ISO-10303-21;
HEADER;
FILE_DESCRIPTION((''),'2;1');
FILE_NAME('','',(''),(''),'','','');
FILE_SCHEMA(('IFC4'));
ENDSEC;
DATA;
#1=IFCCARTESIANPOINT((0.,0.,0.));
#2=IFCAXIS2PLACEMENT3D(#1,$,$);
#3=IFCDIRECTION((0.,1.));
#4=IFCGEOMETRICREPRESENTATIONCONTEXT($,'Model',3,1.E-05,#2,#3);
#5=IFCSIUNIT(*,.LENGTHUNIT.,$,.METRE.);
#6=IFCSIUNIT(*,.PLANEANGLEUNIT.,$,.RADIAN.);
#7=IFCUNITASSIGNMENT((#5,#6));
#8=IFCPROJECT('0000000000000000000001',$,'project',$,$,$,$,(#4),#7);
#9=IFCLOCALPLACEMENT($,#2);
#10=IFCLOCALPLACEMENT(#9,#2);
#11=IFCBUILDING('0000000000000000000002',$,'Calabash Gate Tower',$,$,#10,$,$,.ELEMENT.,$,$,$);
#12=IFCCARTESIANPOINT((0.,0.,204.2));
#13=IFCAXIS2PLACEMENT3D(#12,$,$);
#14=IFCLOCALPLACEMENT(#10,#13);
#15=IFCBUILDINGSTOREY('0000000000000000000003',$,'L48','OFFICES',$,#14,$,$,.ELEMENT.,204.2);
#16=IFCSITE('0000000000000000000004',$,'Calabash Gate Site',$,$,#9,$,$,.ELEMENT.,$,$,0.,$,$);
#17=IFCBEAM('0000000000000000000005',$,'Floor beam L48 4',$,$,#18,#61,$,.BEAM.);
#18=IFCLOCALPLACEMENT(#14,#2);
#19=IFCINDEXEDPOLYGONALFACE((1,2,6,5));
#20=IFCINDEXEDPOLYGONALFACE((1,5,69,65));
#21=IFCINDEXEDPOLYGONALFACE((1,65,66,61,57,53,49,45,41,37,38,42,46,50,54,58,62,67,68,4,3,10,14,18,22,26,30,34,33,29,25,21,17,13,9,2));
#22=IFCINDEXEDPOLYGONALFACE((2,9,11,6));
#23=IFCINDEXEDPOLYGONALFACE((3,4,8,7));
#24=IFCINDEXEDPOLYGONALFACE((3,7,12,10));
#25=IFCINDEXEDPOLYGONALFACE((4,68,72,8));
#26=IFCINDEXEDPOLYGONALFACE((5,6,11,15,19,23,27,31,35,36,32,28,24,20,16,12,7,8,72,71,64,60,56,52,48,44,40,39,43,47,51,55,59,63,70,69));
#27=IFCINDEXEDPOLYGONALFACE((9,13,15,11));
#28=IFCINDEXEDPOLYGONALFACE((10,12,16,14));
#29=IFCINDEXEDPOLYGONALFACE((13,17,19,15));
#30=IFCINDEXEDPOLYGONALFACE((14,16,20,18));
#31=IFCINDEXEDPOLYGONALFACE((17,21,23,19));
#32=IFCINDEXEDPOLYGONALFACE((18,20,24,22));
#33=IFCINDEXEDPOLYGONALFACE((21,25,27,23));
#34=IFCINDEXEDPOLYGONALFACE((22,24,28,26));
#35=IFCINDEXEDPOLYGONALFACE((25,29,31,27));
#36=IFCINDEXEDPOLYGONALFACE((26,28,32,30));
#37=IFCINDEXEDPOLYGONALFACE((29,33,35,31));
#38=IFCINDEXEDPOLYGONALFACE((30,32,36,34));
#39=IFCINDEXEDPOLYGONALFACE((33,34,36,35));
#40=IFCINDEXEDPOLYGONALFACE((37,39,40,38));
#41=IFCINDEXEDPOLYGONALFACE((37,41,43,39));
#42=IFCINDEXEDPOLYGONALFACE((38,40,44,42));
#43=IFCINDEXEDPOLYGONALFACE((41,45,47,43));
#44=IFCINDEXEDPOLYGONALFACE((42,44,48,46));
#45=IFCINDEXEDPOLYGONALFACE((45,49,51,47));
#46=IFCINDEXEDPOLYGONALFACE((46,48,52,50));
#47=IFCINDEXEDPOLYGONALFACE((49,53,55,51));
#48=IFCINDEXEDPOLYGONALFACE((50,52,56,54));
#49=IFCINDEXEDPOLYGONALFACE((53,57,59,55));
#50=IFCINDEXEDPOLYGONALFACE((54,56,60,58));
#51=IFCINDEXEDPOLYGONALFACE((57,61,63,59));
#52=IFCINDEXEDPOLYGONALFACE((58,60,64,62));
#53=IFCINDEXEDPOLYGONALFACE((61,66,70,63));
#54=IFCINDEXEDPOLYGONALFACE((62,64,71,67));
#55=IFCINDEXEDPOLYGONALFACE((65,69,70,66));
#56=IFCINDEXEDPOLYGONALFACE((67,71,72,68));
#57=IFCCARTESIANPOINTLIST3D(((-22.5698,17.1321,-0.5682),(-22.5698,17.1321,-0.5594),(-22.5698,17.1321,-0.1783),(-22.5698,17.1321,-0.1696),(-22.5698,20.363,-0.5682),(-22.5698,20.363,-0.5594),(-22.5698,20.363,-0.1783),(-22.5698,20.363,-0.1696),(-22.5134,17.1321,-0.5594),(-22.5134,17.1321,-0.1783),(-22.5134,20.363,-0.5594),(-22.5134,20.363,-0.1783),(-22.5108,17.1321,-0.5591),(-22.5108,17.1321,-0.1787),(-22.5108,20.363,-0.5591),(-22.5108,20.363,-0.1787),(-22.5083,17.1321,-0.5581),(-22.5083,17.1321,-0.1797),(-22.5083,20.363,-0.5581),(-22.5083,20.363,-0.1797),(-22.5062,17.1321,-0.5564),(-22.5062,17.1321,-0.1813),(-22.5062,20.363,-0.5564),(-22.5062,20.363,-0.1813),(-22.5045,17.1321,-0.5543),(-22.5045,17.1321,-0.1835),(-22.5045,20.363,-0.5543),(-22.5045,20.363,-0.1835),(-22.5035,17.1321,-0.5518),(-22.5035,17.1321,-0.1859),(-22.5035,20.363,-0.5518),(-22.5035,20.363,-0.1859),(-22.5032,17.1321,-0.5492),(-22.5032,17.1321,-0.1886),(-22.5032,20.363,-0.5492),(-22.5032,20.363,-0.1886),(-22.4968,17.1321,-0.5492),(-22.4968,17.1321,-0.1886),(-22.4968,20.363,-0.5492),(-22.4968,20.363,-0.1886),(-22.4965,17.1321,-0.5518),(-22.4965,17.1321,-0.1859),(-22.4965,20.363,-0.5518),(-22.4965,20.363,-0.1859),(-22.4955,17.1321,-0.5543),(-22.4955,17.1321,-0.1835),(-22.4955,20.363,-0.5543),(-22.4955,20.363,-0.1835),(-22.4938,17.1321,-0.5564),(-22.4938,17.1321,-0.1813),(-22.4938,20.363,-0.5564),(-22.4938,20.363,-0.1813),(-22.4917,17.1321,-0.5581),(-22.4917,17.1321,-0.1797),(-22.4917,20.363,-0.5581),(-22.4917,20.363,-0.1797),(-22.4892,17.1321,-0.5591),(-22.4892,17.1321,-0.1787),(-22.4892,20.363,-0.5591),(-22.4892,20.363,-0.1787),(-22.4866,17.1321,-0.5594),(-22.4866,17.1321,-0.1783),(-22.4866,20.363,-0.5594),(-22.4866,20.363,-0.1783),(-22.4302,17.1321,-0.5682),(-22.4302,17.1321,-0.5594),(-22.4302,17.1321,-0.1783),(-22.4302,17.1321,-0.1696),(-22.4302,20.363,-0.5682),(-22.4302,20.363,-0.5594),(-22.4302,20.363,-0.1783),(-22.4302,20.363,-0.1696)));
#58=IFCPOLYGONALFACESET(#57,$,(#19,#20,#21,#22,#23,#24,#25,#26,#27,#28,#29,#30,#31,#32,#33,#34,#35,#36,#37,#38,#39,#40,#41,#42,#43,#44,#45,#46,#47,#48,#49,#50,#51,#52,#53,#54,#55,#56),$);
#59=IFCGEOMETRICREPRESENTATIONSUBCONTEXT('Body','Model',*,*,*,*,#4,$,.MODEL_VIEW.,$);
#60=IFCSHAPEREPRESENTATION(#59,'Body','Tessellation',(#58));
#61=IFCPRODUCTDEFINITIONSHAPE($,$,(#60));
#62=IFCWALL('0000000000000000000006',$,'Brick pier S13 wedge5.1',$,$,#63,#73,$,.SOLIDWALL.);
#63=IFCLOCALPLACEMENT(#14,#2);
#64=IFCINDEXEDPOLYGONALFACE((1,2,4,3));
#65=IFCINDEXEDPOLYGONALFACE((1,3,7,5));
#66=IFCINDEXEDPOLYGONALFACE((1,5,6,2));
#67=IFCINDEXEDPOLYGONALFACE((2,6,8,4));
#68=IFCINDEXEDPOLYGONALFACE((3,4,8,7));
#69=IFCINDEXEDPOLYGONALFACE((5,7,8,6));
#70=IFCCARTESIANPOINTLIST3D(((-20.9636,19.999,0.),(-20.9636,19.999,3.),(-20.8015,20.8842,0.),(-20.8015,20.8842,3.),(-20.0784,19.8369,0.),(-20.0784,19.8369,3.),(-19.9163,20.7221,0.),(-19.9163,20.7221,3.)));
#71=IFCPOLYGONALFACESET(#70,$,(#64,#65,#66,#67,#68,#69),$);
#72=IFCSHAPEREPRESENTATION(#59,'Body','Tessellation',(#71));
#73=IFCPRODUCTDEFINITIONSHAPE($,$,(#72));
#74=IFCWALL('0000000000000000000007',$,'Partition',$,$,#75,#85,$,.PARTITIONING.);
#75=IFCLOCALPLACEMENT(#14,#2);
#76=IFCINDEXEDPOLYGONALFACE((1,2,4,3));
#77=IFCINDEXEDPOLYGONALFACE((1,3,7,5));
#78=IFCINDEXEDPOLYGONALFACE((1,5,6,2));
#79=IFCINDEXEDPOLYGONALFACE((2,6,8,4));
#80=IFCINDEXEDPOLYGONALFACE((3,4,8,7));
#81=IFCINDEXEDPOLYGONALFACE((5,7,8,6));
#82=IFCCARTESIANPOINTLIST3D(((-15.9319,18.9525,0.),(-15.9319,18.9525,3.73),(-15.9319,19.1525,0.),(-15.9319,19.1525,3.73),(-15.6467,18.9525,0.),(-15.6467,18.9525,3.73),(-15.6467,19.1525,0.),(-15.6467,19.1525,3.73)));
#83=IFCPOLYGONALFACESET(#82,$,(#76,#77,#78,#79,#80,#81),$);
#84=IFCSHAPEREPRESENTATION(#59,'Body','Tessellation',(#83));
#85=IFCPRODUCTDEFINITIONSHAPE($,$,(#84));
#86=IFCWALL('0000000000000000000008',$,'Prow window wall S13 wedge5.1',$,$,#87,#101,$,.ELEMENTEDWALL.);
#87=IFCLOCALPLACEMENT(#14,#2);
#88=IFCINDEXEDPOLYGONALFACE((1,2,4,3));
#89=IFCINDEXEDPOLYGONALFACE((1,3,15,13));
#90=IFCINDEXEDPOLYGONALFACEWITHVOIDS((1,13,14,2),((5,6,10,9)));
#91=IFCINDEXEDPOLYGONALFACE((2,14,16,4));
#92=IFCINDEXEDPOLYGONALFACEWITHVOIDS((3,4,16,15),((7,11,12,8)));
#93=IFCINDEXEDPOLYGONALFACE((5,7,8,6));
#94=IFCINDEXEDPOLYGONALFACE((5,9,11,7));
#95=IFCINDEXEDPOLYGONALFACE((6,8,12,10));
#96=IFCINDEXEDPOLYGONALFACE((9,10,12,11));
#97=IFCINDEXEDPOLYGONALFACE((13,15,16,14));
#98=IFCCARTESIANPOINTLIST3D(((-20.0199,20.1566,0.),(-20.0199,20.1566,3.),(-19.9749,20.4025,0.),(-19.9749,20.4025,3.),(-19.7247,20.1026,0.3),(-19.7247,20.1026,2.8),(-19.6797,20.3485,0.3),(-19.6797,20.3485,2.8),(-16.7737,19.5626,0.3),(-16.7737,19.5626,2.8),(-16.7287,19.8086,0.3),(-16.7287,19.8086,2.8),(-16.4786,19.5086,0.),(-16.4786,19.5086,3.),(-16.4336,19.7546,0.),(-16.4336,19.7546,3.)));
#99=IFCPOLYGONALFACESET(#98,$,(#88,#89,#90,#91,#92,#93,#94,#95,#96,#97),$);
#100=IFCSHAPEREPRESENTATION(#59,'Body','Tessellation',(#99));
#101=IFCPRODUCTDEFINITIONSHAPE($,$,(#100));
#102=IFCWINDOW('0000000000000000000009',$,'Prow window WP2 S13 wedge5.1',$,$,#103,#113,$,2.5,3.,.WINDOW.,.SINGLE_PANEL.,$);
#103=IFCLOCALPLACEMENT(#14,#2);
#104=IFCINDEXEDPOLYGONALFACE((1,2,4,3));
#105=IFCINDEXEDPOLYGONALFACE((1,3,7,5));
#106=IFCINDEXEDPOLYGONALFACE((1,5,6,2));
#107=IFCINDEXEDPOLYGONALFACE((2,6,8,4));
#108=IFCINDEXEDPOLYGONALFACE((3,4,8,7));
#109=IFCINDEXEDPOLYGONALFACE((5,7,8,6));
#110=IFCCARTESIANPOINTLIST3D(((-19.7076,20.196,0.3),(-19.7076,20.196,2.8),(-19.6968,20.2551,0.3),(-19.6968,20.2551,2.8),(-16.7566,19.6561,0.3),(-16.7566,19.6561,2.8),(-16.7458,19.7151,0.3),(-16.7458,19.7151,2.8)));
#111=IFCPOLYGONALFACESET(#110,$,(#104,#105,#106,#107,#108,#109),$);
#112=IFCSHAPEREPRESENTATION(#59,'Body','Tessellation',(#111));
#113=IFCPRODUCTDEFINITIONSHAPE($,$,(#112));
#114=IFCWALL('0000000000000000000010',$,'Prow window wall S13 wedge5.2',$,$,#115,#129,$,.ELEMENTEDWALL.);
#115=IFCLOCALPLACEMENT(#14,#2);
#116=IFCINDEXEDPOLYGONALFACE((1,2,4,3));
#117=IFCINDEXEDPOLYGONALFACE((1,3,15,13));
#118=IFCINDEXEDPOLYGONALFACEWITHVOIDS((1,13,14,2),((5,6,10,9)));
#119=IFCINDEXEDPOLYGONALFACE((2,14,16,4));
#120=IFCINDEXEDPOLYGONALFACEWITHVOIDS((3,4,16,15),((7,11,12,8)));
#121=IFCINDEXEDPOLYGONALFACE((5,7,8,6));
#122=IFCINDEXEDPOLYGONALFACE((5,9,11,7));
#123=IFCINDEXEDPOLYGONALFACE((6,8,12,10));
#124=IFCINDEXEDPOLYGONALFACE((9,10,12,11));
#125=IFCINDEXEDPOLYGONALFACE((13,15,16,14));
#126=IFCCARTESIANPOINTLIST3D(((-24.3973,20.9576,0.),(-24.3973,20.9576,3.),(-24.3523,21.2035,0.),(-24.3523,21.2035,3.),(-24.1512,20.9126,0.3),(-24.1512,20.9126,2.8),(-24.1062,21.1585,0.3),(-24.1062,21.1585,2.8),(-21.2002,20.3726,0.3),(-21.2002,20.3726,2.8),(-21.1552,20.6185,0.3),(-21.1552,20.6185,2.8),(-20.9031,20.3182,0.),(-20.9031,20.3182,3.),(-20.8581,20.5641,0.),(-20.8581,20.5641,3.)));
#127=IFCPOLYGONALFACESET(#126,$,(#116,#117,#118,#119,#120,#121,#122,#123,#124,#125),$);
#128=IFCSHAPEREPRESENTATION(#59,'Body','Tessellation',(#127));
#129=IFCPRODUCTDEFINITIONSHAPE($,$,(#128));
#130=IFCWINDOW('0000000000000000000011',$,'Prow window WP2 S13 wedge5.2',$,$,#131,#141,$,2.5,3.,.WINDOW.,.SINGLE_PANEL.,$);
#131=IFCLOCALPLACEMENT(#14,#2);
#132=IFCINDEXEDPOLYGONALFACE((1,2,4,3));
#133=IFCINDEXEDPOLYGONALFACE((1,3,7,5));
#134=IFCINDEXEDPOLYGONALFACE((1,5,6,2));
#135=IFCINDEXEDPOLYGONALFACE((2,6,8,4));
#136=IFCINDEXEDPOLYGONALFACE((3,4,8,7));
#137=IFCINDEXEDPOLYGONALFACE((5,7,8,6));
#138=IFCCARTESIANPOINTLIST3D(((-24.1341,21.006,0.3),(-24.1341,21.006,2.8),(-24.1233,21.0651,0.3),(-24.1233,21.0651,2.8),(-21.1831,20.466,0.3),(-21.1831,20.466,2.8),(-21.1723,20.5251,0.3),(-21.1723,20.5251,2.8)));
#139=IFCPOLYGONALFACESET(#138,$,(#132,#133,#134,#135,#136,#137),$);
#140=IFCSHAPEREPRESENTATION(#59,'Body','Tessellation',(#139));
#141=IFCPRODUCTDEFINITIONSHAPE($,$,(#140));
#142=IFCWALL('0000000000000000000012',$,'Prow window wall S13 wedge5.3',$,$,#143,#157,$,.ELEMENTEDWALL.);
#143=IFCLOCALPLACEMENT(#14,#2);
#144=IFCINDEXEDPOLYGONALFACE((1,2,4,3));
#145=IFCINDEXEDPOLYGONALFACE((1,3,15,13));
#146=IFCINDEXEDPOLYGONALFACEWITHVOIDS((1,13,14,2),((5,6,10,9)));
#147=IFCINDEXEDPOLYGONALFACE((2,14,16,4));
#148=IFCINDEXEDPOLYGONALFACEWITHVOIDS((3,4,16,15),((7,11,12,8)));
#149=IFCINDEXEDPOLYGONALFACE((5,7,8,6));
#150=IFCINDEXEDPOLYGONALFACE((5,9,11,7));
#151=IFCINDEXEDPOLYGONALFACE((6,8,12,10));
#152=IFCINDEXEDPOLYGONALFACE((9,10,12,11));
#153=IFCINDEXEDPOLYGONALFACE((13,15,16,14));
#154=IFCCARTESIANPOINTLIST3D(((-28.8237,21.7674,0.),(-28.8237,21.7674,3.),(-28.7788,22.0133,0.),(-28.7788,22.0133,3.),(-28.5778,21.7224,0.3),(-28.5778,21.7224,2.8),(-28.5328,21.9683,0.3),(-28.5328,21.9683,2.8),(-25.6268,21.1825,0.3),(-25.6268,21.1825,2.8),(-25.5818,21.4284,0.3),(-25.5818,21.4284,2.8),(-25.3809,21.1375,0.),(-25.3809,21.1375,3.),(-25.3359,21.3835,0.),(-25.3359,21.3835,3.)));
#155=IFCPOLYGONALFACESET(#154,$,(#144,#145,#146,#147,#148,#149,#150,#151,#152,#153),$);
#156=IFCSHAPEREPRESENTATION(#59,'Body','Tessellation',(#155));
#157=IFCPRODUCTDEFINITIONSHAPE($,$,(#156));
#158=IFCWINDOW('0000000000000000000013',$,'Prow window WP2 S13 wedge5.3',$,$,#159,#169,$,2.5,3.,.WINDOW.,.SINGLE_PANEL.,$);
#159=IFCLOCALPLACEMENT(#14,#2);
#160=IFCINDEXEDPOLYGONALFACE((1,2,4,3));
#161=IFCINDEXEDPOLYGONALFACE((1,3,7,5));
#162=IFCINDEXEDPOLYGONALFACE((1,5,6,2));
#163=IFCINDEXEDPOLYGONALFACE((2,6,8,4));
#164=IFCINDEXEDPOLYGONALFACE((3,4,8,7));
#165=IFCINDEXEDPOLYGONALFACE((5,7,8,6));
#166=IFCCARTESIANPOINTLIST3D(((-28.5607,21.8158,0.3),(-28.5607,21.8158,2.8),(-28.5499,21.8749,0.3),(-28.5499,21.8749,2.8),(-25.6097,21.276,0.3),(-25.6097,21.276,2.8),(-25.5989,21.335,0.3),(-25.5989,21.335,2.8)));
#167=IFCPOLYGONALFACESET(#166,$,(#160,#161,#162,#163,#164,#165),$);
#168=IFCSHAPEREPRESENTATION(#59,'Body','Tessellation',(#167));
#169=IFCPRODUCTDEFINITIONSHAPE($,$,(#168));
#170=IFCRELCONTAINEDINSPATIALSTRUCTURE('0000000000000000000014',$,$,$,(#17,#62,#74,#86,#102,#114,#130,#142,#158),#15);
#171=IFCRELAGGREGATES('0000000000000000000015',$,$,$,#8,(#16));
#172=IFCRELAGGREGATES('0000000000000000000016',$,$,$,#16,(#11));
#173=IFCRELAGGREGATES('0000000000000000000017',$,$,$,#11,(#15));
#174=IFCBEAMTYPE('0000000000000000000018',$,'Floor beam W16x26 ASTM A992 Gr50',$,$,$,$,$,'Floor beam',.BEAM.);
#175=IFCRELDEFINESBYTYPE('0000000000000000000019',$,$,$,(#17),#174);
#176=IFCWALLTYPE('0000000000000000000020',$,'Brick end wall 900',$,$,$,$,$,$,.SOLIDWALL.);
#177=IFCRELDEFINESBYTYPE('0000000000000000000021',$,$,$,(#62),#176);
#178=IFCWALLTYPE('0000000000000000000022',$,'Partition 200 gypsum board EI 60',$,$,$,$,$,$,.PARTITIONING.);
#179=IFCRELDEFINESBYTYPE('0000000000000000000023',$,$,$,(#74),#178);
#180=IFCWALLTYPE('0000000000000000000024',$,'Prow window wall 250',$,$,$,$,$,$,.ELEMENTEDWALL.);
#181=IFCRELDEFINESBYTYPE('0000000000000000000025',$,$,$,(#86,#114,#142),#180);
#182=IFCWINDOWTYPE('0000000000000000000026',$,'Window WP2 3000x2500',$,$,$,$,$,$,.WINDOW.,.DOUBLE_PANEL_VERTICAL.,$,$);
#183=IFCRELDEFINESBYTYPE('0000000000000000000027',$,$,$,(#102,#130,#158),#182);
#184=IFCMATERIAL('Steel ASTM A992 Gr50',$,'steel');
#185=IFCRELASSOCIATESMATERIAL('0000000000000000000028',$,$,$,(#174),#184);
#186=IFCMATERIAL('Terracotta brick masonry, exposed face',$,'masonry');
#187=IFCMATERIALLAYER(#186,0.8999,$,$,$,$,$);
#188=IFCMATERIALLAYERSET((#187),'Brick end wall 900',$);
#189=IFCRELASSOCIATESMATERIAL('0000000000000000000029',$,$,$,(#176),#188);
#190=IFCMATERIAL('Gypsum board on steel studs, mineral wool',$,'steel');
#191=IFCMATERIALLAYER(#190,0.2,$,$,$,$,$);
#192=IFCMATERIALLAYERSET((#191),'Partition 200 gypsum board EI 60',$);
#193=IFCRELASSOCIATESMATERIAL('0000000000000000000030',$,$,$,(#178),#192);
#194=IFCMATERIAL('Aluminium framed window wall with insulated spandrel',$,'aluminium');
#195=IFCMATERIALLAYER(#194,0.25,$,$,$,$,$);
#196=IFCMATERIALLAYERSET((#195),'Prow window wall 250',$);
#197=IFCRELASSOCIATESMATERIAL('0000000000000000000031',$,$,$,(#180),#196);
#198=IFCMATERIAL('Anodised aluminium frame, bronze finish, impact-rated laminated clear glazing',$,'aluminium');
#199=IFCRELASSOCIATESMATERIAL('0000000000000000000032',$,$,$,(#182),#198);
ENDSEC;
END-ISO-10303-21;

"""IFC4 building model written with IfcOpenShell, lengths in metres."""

from ifc_helpers import new_model, si_unit, direction, frame, frame_2d, origin, origin_2d, place, context, subcontext, project, spatial, rectangle, i_section, extrude, material, layer, layer_set, material_profile, profile_set, type_object, element, fill, save


model = new_model("IFC4")

# Units and contexts
model_context = context("Model", 3, precision=1e-05, world=origin(), true_north=direction((0.0, 1.0)))
body_context = subcontext(model_context, "Body", "Model", "MODEL_VIEW")
ifc_project = project(units=[si_unit("LENGTHUNIT", "METRE"), si_unit("PLANEANGLEUNIT", "RADIAN")], contexts=[model_context])

# Site, building, storey
site_placement = place(None, origin())
site = spatial("IfcSite", under=ifc_project, at=site_placement, Name="Calabash Gate Site", CompositionType="ELEMENT", RefElevation=0.0)
building_placement = place(site_placement, origin())
building = spatial("IfcBuilding", under=site, at=building_placement, Name="Calabash Gate Tower", CompositionType="ELEMENT")
storey_placement = place(building_placement, frame((0.0, 0.0, 204.2)))
storey = spatial("IfcBuildingStorey", under=building, at=storey_placement, Name="L48", Description="OFFICES", CompositionType="ELEMENT", Elevation=204.2)

# Beam
ifc_material_1 = material(Name="Steel ASTM A992 Gr50", Category="steel")
ifc_material_profile_1 = material_profile(ifc_material_1, i_section(OverallWidth=0.1396, OverallDepth=0.3987, WebThickness=0.0063, FlangeThickness=0.0088, FilletRadius=0.0103, at=origin_2d()))
ifc_profile_set_1 = profile_set([ifc_material_profile_1], Name="Steel ASTM A992 Gr50")
beam_type_1 = type_object("IfcBeamType", Name="Floor beam W16x26 ASTM A992 Gr50", ElementType="Floor beam", PredefinedType="BEAM", material=ifc_profile_set_1)
beam_1_placement = place(storey_placement, frame((-22.5, 17.1321, -0.3689), z_axis=(0.0, 1.0, 0.0), x_axis=(-1.0, 0.0, 0.0)))
element("IfcBeam", 1, at=beam_1_placement, inside=storey, type_object=beam_type_1, Name="Floor beam L48 4", PredefinedType="BEAM", context=body_context, shape_type="SweptSolid", body=[
    extrude(i_section(OverallWidth=0.1396, OverallDepth=0.3987, WebThickness=0.0063, FlangeThickness=0.0088, FilletRadius=0.0103, at=origin_2d()), origin(), (0.0, 0.0, 1.0), 3.231),
])

# Walls
ifc_material_2 = material(Name="Terracotta brick masonry, exposed face", Category="masonry")
ifc_layer_1 = layer(ifc_material_2, 0.8999)
ifc_layer_set_1 = layer_set([ifc_layer_1], Name="Brick end wall 900")
wall_type_1 = type_object("IfcWallType", Name="Brick end wall 900", PredefinedType="SOLIDWALL", material=ifc_layer_set_1)
wall_1_placement = place(storey_placement, frame((-20.521, 19.918, 0.0), z_axis=(0.0, 0.0, 1.0), x_axis=(0.180127, 0.983643, 0.0)))
element("IfcWall", 2, at=wall_1_placement, inside=storey, type_object=wall_type_1, Name="Brick pier S13 wedge5.1", PredefinedType="SOLIDWALL", context=body_context, shape_type="SweptSolid", body=[
    extrude(rectangle(XDim=0.8999, YDim=0.8999, at=frame_2d((0.45, 0.0))), origin(), (0.0, 0.0, 1.0), 3.0),
])
ifc_material_3 = material(Name="Gypsum board on steel studs, mineral wool", Category="steel")
ifc_layer_2 = layer(ifc_material_3, 0.2)
ifc_layer_set_2 = layer_set([ifc_layer_2], Name="Partition 200 gypsum board EI 60")
wall_type_2 = type_object("IfcWallType", Name="Partition 200 gypsum board EI 60", PredefinedType="PARTITIONING", material=ifc_layer_set_2)
wall_2_placement = place(storey_placement, frame((-15.9319, 19.0525, 0.0), z_axis=(0.0, 0.0, 1.0), x_axis=(1.0, 0.0, 0.0)))
element("IfcWall", 3, at=wall_2_placement, inside=storey, type_object=wall_type_2, Name="Partition", PredefinedType="PARTITIONING", context=body_context, shape_type="SweptSolid", body=[
    extrude(rectangle(XDim=0.2852, YDim=0.2, at=frame_2d((0.1426, 0.0))), origin(), (0.0, 0.0, 1.0), 3.73),
])

# Walls, openings, windows
ifc_material_4 = material(Name="Aluminium framed window wall with insulated spandrel", Category="aluminium")
ifc_layer_3 = layer(ifc_material_4, 0.25)
ifc_layer_set_3 = layer_set([ifc_layer_3], Name="Prow window wall 250")
wall_type_3 = type_object("IfcWallType", Name="Prow window wall 250", PredefinedType="ELEMENTEDWALL", material=ifc_layer_set_3)
wall_3_placement = place(storey_placement, frame((-16.4561, 19.6316, 0.0), z_axis=(0.0, 0.0, 1.0), x_axis=(-0.98367, 0.179983, 0.0)))
wall_3 = element("IfcWall", 4, at=wall_3_placement, inside=storey, type_object=wall_type_3, Name="Prow window wall S13 wedge5.1", PredefinedType="ELEMENTEDWALL", context=body_context, shape_type="SweptSolid", body=[
    extrude(rectangle(XDim=3.6001, YDim=0.25, at=frame_2d((1.8, 0.0))), origin(), (0.0, 0.0, 1.0), 3.0),
])
opening_1_placement = place(wall_3_placement, frame((0.3, 0.0, 0.3)))
opening_1 = element("IfcOpeningElement", 5, at=opening_1_placement, cuts=wall_3, PredefinedType="OPENING", context=body_context, shape_type="SweptSolid", body=[
    extrude(rectangle(XDim=3.0, YDim=2.5, at=frame_2d((1.5, 1.25))), frame((0.0, 0.135, 0.0), z_axis=(0.0, -1.0, 0.0), x_axis=(1.0, 0.0, 0.0)), (0.0, 0.0, 1.0), 0.27),
])
ifc_material_5 = material(Name="Anodised aluminium frame, bronze finish, impact-rated laminated clear glazing", Category="aluminium")
window_type = type_object("IfcWindowType", Name="Window WP2 3000x2500", PartitioningType="DOUBLE_PANEL_VERTICAL", PredefinedType="WINDOW", material=ifc_material_5)
window_1_placement = place(opening_1_placement, origin())
window_1 = element("IfcWindow", 6, at=window_1_placement, inside=storey, type_object=window_type, Name="Prow window WP2 S13 wedge5.1", OverallHeight=2.5, OverallWidth=3.0, PartitioningType="SINGLE_PANEL", PredefinedType="WINDOW", context=body_context, shape_type="SweptSolid", body=[
    extrude(rectangle(XDim=3.0, YDim=2.5, at=frame_2d((1.5, 1.25))), frame((0.0, 0.03, 0.0), z_axis=(0.0, -1.0, 0.0), x_axis=(1.0, 0.0, 0.0)), (0.0, 0.0, 1.0), 0.0601),
])
fill(opening_1, window_1)
wall_4_placement = place(storey_placement, frame((-20.8806, 20.4412, 0.0), z_axis=(0.0, 0.0, 1.0), x_axis=(-0.983666, 0.180004, 0.0)))
wall_4 = element("IfcWall", 7, at=wall_4_placement, inside=storey, type_object=wall_type_3, Name="Prow window wall S13 wedge5.2", PredefinedType="ELEMENTEDWALL", context=body_context, shape_type="SweptSolid", body=[
    extrude(rectangle(XDim=3.5522, YDim=0.25, at=frame_2d((1.7761, 0.0))), origin(), (0.0, 0.0, 1.0), 3.0),
])
opening_2_placement = place(wall_4_placement, frame((0.302, 0.0, 0.3)))
opening_2 = element("IfcOpeningElement", 8, at=opening_2_placement, cuts=wall_4, PredefinedType="OPENING", context=body_context, shape_type="SweptSolid", body=[
    extrude(rectangle(XDim=3.0, YDim=2.5, at=frame_2d((1.5, 1.25))), frame((0.0, 0.135, 0.0), z_axis=(0.0, -1.0, 0.0), x_axis=(1.0, 0.0, 0.0)), (0.0, 0.0, 1.0), 0.27),
])
window_2_placement = place(opening_2_placement, origin())
window_2 = element("IfcWindow", 9, at=window_2_placement, inside=storey, type_object=window_type, Name="Prow window WP2 S13 wedge5.2", OverallHeight=2.5, OverallWidth=3.0, PartitioningType="SINGLE_PANEL", PredefinedType="WINDOW", context=body_context, shape_type="SweptSolid", body=[
    extrude(rectangle(XDim=3.0, YDim=2.5, at=frame_2d((1.5, 1.25))), frame((0.0, 0.03, 0.0), z_axis=(0.0, -1.0, 0.0), x_axis=(1.0, 0.0, 0.0)), (0.0, 0.0, 1.0), 0.0601),
])
fill(opening_2, window_2)
wall_5_placement = place(storey_placement, frame((-25.3584, 21.2605, 0.0), z_axis=(0.0, 0.0, 1.0), x_axis=(-0.983673, 0.179966, 0.0)))
wall_5 = element("IfcWall", 10, at=wall_5_placement, inside=storey, type_object=wall_type_3, Name="Prow window wall S13 wedge5.3", PredefinedType="ELEMENTEDWALL", context=body_context, shape_type="SweptSolid", body=[
    extrude(rectangle(XDim=3.5, YDim=0.25, at=frame_2d((1.75, 0.0))), origin(), (0.0, 0.0, 1.0), 3.0),
])
opening_3_placement = place(wall_5_placement, frame((0.25, 0.0, 0.3)))
opening_3 = element("IfcOpeningElement", 11, at=opening_3_placement, cuts=wall_5, PredefinedType="OPENING", context=body_context, shape_type="SweptSolid", body=[
    extrude(rectangle(XDim=3.0, YDim=2.5, at=frame_2d((1.5, 1.25))), frame((0.0, 0.135, 0.0), z_axis=(0.0, -1.0, 0.0), x_axis=(1.0, 0.0, 0.0)), (0.0, 0.0, 1.0), 0.27),
])
window_3_placement = place(opening_3_placement, origin())
window_3 = element("IfcWindow", 12, at=window_3_placement, inside=storey, type_object=window_type, Name="Prow window WP2 S13 wedge5.3", OverallHeight=2.5, OverallWidth=3.0, PartitioningType="SINGLE_PANEL", PredefinedType="WINDOW", context=body_context, shape_type="SweptSolid", body=[
    extrude(rectangle(XDim=3.0, YDim=2.5, at=frame_2d((1.5, 1.25))), frame((0.0, 0.03, 0.0), z_axis=(0.0, -1.0, 0.0), x_axis=(1.0, 0.0, 0.0)), (0.0, 0.0, 1.0), 0.0601),
])
fill(opening_3, window_3)

save(model, "model.ifc")
